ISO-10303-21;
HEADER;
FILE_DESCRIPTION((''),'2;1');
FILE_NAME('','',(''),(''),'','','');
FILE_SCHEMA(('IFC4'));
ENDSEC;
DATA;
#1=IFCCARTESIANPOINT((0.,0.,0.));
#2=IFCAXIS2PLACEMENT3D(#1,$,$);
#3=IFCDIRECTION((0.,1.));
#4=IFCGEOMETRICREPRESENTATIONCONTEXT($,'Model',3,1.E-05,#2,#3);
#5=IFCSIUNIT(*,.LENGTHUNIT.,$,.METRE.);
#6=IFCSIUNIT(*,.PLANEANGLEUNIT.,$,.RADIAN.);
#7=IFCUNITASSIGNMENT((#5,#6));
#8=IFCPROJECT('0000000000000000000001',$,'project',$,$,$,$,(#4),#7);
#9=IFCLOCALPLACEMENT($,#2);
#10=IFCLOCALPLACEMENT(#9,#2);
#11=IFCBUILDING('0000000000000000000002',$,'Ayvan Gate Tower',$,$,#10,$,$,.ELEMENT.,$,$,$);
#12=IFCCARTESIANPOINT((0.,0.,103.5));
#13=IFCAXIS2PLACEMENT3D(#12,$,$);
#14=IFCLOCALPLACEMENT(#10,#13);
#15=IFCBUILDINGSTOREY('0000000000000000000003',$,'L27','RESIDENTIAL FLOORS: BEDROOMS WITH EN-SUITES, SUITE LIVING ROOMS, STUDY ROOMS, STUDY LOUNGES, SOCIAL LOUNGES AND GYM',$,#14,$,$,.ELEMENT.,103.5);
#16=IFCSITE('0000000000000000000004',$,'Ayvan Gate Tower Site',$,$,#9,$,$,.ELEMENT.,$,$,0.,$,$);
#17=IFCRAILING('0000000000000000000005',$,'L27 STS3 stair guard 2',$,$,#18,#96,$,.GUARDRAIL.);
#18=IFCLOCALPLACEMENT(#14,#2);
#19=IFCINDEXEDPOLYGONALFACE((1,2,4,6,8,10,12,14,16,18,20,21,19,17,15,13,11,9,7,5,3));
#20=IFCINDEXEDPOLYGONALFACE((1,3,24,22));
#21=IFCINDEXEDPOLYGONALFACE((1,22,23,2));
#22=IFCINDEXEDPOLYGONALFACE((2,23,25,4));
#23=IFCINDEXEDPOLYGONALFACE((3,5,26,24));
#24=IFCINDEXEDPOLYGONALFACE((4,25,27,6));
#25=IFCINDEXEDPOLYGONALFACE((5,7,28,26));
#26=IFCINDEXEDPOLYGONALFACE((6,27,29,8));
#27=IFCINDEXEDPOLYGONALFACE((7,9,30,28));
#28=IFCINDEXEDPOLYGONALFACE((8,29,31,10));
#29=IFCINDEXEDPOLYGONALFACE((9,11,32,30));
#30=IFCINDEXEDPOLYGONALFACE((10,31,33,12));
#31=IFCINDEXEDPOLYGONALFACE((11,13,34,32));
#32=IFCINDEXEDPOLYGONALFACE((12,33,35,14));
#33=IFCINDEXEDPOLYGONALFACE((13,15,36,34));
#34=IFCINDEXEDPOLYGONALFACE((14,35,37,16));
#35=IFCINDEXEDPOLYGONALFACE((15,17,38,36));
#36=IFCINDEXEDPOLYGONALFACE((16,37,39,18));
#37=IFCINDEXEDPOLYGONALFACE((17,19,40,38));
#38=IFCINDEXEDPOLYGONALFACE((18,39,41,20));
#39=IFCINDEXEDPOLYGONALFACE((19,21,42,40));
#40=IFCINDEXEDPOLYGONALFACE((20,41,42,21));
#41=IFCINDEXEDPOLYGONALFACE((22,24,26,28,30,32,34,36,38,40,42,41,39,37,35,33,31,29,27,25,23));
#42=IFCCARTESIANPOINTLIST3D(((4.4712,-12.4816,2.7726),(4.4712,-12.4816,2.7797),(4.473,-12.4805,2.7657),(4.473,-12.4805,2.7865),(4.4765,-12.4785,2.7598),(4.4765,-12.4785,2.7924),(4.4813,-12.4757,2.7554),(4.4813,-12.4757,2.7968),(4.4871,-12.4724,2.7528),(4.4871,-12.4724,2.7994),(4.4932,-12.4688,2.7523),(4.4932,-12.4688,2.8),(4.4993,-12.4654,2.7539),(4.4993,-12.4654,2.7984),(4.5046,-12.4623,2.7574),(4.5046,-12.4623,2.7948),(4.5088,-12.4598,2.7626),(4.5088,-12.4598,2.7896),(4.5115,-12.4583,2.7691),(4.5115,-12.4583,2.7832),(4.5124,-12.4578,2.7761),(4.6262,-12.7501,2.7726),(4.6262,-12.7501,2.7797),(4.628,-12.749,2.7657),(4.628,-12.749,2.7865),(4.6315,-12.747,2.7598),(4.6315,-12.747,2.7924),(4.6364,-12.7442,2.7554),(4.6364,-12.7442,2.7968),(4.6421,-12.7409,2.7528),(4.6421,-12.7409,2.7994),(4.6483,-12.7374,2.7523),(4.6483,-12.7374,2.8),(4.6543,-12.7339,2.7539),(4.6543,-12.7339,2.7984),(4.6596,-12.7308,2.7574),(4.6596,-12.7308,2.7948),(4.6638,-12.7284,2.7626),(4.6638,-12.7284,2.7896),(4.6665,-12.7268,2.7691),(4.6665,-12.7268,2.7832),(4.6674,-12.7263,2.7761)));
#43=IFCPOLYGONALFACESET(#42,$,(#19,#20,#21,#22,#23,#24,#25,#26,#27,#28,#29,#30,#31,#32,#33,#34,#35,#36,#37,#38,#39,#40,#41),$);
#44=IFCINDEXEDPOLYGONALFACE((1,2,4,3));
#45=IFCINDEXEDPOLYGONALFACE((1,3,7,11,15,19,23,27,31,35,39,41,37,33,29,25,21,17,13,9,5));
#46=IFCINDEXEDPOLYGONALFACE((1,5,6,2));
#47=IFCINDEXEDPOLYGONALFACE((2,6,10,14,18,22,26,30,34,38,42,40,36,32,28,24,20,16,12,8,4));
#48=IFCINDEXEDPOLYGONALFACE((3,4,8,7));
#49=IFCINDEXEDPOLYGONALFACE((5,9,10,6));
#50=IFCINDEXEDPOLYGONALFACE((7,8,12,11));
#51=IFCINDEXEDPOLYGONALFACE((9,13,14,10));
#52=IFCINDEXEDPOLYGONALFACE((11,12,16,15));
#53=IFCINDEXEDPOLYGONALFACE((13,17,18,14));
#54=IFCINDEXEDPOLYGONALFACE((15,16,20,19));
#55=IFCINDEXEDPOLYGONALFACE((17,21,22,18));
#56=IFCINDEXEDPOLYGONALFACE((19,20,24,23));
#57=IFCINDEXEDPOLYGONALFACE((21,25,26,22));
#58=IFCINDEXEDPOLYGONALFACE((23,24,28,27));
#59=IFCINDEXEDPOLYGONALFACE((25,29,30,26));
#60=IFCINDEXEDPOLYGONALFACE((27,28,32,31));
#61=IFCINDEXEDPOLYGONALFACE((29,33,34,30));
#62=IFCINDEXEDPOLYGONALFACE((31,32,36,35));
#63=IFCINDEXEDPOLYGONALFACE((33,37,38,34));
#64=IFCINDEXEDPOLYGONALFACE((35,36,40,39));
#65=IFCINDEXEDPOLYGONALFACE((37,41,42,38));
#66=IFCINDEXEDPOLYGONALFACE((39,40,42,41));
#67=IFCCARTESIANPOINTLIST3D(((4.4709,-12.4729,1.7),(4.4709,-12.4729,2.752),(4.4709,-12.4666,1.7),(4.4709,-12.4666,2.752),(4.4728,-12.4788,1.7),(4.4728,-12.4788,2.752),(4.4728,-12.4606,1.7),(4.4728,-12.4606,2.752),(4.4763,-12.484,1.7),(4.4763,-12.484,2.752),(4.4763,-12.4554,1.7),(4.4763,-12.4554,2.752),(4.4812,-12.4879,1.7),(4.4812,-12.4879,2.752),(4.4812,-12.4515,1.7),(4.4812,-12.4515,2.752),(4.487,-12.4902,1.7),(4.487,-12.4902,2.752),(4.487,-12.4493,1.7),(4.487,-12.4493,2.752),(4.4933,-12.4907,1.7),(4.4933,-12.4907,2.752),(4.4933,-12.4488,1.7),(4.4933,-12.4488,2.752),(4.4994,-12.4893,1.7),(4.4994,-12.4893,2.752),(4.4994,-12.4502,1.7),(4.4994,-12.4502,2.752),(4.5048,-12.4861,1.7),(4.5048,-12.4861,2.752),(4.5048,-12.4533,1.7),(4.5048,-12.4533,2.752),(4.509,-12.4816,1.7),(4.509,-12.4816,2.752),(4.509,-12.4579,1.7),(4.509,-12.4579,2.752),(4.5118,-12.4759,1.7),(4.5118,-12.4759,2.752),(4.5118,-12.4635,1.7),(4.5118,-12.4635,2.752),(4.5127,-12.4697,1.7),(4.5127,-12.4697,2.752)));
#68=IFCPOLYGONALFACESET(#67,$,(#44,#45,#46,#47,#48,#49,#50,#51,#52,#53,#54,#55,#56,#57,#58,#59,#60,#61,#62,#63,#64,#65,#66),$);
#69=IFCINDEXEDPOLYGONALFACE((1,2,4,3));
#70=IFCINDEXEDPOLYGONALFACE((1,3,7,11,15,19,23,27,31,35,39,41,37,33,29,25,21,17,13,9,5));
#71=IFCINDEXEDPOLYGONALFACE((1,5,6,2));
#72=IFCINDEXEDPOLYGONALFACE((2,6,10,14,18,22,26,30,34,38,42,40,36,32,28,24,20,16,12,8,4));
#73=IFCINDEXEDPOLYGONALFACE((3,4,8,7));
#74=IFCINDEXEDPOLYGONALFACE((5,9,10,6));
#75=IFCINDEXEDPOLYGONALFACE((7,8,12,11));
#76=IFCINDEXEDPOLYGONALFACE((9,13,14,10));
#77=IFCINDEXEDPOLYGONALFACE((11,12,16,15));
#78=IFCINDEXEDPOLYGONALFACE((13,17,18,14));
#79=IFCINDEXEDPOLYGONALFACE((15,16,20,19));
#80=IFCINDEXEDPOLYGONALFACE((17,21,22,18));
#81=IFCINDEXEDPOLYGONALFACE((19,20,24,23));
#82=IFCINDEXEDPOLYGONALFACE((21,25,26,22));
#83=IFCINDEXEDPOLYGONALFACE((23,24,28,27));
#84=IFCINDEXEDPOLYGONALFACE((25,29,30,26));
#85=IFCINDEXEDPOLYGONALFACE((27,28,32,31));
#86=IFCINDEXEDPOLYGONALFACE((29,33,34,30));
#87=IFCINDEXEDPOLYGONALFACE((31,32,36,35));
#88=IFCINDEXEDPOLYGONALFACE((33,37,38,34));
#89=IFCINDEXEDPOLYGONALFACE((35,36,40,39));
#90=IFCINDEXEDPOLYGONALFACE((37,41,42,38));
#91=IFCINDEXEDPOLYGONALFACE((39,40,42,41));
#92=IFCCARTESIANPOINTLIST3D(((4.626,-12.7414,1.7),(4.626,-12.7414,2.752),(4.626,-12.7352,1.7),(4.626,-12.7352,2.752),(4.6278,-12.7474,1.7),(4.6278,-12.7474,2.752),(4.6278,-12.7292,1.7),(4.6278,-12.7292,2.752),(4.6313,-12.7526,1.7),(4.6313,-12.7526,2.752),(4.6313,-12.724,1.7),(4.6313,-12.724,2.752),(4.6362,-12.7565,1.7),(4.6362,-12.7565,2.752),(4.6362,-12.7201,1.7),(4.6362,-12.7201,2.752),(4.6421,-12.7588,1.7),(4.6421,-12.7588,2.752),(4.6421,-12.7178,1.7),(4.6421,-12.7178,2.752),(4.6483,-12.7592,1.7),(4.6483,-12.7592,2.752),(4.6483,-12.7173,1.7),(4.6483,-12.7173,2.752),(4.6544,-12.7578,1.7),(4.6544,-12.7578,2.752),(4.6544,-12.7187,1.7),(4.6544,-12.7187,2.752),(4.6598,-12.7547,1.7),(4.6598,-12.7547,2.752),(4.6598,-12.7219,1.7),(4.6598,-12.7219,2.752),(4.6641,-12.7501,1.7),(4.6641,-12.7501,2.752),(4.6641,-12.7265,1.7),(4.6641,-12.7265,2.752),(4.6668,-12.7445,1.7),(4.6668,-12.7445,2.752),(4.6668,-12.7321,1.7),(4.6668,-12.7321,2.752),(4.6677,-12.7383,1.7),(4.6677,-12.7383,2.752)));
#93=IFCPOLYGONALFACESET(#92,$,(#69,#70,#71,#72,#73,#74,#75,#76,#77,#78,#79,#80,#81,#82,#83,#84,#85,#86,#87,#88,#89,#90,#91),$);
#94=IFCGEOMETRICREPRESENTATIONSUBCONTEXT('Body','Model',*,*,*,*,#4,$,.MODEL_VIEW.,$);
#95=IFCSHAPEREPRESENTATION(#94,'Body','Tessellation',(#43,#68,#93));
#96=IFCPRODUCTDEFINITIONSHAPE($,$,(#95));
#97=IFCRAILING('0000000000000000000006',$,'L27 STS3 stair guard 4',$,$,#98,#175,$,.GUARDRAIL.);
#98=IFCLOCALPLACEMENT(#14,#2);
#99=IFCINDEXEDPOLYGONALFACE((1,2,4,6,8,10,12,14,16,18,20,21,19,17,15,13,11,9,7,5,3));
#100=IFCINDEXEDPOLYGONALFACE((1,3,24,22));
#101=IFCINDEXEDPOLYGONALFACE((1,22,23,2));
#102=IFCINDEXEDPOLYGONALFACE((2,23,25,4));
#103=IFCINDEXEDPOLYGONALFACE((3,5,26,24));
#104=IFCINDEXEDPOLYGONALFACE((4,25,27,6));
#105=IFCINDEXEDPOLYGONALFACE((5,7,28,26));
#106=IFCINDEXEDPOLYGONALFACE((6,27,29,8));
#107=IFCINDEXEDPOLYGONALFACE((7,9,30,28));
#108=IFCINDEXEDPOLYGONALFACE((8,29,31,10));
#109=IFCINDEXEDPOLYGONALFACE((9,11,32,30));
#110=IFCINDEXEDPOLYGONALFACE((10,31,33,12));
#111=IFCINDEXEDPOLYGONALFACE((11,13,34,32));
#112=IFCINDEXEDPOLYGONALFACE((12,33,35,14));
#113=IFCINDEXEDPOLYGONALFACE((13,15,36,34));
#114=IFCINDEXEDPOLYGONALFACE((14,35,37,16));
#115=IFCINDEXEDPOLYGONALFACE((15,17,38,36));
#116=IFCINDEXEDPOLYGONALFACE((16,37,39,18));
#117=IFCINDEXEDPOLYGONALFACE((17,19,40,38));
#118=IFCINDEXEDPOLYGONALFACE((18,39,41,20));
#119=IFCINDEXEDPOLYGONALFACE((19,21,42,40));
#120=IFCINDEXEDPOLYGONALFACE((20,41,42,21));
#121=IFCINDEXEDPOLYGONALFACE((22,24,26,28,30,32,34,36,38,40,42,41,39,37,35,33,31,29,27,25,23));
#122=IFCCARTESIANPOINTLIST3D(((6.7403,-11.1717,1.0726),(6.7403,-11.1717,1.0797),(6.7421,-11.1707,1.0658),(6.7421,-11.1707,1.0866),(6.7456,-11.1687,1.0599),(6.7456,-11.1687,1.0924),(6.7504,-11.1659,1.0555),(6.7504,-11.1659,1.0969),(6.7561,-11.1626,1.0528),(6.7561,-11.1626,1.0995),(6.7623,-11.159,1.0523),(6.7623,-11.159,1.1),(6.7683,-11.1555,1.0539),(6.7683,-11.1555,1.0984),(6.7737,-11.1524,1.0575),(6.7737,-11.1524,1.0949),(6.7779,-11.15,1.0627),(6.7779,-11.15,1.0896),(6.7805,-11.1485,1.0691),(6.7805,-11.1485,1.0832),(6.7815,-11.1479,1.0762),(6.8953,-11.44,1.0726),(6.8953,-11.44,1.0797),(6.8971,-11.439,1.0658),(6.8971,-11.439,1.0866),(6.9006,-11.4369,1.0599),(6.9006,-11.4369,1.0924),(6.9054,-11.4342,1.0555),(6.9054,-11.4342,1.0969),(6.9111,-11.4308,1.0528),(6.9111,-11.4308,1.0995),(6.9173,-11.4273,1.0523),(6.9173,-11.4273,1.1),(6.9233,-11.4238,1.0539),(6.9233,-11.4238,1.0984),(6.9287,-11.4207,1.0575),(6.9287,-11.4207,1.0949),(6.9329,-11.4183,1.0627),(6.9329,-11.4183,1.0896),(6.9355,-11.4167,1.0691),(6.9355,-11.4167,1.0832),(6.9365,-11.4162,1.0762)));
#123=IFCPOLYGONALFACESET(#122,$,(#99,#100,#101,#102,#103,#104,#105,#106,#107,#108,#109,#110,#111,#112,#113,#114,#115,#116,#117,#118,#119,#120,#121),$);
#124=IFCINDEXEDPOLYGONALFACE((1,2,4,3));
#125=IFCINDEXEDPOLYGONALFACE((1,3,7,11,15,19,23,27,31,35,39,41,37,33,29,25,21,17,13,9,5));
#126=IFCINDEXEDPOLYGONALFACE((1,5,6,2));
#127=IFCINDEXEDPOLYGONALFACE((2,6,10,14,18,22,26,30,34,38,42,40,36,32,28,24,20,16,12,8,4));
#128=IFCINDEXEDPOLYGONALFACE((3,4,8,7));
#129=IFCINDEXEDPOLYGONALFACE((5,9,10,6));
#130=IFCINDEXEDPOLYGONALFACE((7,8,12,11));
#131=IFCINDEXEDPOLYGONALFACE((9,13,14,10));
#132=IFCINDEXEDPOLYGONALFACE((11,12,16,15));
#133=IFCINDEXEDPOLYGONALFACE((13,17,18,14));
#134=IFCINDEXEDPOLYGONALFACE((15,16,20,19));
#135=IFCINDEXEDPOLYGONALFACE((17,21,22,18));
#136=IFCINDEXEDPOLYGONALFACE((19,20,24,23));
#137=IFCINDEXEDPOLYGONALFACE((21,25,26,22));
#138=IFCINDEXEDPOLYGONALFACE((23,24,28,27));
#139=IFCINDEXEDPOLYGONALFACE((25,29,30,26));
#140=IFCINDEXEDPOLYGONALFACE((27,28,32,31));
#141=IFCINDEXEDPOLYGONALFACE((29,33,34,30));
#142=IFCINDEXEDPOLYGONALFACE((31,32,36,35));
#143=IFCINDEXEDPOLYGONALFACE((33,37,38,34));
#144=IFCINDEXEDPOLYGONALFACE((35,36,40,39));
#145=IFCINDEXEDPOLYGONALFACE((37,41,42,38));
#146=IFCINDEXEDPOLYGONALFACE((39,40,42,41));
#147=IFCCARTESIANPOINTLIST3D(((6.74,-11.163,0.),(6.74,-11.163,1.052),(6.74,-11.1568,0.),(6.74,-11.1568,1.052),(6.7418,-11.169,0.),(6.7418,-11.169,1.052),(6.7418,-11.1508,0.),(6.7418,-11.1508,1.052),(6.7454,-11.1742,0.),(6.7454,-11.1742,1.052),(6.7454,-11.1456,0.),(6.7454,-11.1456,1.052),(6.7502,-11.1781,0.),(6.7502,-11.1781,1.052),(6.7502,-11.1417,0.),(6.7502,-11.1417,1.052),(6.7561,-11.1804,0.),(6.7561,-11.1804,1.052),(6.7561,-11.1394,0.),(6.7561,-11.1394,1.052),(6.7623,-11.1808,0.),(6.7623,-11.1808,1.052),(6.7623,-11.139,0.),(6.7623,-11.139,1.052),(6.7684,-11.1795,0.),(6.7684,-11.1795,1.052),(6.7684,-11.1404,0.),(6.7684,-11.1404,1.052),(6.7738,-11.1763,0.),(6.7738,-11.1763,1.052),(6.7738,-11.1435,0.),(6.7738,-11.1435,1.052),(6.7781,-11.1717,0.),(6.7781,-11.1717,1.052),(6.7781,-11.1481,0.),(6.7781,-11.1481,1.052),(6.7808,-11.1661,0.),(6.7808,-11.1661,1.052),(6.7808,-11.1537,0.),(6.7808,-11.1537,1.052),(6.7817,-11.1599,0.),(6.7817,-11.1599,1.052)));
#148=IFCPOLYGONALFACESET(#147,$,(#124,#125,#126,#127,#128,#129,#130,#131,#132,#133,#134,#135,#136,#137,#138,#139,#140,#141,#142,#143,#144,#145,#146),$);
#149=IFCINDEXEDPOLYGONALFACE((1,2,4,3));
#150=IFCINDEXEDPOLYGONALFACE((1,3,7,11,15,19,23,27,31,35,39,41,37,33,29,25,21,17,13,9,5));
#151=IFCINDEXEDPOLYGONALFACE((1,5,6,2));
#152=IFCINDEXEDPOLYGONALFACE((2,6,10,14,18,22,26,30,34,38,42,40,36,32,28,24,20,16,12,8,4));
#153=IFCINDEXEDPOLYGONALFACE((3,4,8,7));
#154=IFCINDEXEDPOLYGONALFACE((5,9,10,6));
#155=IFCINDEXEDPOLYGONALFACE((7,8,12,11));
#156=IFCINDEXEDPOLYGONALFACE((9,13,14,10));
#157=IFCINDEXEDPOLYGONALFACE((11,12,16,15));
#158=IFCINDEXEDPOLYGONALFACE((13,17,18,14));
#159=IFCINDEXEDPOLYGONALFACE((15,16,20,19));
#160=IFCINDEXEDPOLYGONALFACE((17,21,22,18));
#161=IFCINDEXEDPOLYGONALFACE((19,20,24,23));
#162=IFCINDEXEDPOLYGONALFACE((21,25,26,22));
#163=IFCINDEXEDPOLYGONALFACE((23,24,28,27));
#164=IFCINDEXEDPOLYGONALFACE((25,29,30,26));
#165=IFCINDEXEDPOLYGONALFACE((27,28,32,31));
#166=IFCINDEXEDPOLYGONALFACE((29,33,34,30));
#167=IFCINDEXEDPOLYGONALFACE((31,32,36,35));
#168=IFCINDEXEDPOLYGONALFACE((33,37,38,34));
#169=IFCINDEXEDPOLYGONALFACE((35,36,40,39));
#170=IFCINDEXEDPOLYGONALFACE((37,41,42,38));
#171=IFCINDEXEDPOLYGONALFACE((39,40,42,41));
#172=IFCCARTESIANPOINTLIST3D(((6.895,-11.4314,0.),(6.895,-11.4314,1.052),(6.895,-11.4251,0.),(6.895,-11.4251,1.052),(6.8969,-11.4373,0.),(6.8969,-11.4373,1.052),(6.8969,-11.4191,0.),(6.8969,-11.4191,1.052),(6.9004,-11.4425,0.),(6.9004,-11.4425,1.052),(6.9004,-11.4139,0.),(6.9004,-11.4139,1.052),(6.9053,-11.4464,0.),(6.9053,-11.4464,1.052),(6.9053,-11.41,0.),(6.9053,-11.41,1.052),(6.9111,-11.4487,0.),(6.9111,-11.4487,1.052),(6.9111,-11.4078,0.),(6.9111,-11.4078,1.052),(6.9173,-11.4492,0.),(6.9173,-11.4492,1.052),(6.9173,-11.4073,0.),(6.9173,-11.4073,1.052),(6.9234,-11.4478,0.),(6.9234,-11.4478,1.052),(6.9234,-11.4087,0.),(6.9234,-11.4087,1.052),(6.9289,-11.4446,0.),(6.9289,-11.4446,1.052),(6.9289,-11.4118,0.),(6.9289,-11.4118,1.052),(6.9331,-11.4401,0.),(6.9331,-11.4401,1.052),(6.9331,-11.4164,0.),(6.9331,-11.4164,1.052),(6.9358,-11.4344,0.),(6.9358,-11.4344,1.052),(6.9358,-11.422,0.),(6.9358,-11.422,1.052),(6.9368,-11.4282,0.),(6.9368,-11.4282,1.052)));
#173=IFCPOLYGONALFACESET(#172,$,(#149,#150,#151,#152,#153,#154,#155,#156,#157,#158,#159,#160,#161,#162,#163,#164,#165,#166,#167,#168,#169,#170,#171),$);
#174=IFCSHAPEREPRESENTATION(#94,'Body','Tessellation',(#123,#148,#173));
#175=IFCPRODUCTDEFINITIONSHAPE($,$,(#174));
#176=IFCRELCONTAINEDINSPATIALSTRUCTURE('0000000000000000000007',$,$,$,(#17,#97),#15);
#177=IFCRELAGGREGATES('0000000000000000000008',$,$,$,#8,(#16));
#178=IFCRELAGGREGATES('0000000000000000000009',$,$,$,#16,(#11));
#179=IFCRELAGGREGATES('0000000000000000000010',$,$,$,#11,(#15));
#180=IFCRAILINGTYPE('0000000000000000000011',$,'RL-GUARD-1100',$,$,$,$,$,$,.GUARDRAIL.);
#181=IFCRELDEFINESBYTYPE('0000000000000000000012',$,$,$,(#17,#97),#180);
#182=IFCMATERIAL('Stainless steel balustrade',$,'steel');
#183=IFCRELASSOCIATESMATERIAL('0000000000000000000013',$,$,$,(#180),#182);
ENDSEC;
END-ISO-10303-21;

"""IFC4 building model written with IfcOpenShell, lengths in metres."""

from ifc_helpers import new_model, si_unit, direction, frame, origin, origin_2d, place, context, subcontext, project, spatial, circle, extrude, material, type_object, element, save


model = new_model("IFC4")

# Units and contexts
model_context = context("Model", 3, precision=1e-05, world=origin(), true_north=direction((0.0, 1.0)))
body_context = subcontext(model_context, "Body", "Model", "MODEL_VIEW")
ifc_project = project(units=[si_unit("LENGTHUNIT", "METRE"), si_unit("PLANEANGLEUNIT", "RADIAN")], contexts=[model_context])

# Site, building, storey
site_placement = place(None, origin())
site = spatial("IfcSite", under=ifc_project, at=site_placement, Name="Ayvan Gate Tower Site", CompositionType="ELEMENT", RefElevation=0.0)
building_placement = place(site_placement, origin())
building = spatial("IfcBuilding", under=site, at=building_placement, Name="Ayvan Gate Tower", CompositionType="ELEMENT")
storey_placement = place(building_placement, frame((0.0, 0.0, 103.5)))
storey = spatial("IfcBuildingStorey", under=building, at=storey_placement, Name="L27", Description="RESIDENTIAL FLOORS: BEDROOMS WITH EN-SUITES, SUITE LIVING ROOMS, STUDY ROOMS, STUDY LOUNGES, SOCIAL LOUNGES AND GYM", CompositionType="ELEMENT", Elevation=103.5)

# Railings
ifc_material_1 = material(Name="Stainless steel balustrade", Category="steel")
railing_type_1 = type_object("IfcRailingType", Name="RL-GUARD-1100", PredefinedType="GUARDRAIL", material=ifc_material_1)
railing_1_placement = place(storey_placement, frame((4.4917, -12.4697, 1.7)))
element("IfcRailing", 1, at=railing_1_placement, inside=storey, type_object=railing_type_1, Name="L27 STS3 stair guard 2", PredefinedType="GUARDRAIL", context=body_context, shape_type="SweptSolid", body=[
    extrude(circle(Radius=0.0239, at=origin_2d()), frame((0.0, 0.0, 1.0762), z_axis=(0.49995, -0.866054, 0.0), x_axis=(0.866054, 0.49995, 0.0)), (0.0, 0.0, 1.0), 0.3101),
    extrude(circle(Radius=0.021, at=origin_2d()), origin(), (0.0, 0.0, 1.0), 1.052),
    extrude(circle(Radius=0.021, at=origin_2d()), frame((0.155, -0.2686, 0.0)), (0.0, 0.0, 1.0), 1.052),
])
railing_2_placement = place(storey_placement, frame((6.7607, -11.1599, 0.0)))
element("IfcRailing", 2, at=railing_2_placement, inside=storey, type_object=railing_type_1, Name="L27 STS3 stair guard 4", PredefinedType="GUARDRAIL", context=body_context, shape_type="SweptSolid", body=[
    extrude(circle(Radius=0.0239, at=origin_2d()), frame((0.0, 0.0, 1.0762), z_axis=(0.500291, -0.865857, 0.0), x_axis=(0.865857, 0.500291, 0.0)), (0.0, 0.0, 1.0), 0.3098),
    extrude(circle(Radius=0.021, at=origin_2d()), origin(), (0.0, 0.0, 1.0), 1.052),
    extrude(circle(Radius=0.021, at=origin_2d()), frame((0.155, -0.2683, 0.0)), (0.0, 0.0, 1.0), 1.052),
])

save(model, "model.ifc")
